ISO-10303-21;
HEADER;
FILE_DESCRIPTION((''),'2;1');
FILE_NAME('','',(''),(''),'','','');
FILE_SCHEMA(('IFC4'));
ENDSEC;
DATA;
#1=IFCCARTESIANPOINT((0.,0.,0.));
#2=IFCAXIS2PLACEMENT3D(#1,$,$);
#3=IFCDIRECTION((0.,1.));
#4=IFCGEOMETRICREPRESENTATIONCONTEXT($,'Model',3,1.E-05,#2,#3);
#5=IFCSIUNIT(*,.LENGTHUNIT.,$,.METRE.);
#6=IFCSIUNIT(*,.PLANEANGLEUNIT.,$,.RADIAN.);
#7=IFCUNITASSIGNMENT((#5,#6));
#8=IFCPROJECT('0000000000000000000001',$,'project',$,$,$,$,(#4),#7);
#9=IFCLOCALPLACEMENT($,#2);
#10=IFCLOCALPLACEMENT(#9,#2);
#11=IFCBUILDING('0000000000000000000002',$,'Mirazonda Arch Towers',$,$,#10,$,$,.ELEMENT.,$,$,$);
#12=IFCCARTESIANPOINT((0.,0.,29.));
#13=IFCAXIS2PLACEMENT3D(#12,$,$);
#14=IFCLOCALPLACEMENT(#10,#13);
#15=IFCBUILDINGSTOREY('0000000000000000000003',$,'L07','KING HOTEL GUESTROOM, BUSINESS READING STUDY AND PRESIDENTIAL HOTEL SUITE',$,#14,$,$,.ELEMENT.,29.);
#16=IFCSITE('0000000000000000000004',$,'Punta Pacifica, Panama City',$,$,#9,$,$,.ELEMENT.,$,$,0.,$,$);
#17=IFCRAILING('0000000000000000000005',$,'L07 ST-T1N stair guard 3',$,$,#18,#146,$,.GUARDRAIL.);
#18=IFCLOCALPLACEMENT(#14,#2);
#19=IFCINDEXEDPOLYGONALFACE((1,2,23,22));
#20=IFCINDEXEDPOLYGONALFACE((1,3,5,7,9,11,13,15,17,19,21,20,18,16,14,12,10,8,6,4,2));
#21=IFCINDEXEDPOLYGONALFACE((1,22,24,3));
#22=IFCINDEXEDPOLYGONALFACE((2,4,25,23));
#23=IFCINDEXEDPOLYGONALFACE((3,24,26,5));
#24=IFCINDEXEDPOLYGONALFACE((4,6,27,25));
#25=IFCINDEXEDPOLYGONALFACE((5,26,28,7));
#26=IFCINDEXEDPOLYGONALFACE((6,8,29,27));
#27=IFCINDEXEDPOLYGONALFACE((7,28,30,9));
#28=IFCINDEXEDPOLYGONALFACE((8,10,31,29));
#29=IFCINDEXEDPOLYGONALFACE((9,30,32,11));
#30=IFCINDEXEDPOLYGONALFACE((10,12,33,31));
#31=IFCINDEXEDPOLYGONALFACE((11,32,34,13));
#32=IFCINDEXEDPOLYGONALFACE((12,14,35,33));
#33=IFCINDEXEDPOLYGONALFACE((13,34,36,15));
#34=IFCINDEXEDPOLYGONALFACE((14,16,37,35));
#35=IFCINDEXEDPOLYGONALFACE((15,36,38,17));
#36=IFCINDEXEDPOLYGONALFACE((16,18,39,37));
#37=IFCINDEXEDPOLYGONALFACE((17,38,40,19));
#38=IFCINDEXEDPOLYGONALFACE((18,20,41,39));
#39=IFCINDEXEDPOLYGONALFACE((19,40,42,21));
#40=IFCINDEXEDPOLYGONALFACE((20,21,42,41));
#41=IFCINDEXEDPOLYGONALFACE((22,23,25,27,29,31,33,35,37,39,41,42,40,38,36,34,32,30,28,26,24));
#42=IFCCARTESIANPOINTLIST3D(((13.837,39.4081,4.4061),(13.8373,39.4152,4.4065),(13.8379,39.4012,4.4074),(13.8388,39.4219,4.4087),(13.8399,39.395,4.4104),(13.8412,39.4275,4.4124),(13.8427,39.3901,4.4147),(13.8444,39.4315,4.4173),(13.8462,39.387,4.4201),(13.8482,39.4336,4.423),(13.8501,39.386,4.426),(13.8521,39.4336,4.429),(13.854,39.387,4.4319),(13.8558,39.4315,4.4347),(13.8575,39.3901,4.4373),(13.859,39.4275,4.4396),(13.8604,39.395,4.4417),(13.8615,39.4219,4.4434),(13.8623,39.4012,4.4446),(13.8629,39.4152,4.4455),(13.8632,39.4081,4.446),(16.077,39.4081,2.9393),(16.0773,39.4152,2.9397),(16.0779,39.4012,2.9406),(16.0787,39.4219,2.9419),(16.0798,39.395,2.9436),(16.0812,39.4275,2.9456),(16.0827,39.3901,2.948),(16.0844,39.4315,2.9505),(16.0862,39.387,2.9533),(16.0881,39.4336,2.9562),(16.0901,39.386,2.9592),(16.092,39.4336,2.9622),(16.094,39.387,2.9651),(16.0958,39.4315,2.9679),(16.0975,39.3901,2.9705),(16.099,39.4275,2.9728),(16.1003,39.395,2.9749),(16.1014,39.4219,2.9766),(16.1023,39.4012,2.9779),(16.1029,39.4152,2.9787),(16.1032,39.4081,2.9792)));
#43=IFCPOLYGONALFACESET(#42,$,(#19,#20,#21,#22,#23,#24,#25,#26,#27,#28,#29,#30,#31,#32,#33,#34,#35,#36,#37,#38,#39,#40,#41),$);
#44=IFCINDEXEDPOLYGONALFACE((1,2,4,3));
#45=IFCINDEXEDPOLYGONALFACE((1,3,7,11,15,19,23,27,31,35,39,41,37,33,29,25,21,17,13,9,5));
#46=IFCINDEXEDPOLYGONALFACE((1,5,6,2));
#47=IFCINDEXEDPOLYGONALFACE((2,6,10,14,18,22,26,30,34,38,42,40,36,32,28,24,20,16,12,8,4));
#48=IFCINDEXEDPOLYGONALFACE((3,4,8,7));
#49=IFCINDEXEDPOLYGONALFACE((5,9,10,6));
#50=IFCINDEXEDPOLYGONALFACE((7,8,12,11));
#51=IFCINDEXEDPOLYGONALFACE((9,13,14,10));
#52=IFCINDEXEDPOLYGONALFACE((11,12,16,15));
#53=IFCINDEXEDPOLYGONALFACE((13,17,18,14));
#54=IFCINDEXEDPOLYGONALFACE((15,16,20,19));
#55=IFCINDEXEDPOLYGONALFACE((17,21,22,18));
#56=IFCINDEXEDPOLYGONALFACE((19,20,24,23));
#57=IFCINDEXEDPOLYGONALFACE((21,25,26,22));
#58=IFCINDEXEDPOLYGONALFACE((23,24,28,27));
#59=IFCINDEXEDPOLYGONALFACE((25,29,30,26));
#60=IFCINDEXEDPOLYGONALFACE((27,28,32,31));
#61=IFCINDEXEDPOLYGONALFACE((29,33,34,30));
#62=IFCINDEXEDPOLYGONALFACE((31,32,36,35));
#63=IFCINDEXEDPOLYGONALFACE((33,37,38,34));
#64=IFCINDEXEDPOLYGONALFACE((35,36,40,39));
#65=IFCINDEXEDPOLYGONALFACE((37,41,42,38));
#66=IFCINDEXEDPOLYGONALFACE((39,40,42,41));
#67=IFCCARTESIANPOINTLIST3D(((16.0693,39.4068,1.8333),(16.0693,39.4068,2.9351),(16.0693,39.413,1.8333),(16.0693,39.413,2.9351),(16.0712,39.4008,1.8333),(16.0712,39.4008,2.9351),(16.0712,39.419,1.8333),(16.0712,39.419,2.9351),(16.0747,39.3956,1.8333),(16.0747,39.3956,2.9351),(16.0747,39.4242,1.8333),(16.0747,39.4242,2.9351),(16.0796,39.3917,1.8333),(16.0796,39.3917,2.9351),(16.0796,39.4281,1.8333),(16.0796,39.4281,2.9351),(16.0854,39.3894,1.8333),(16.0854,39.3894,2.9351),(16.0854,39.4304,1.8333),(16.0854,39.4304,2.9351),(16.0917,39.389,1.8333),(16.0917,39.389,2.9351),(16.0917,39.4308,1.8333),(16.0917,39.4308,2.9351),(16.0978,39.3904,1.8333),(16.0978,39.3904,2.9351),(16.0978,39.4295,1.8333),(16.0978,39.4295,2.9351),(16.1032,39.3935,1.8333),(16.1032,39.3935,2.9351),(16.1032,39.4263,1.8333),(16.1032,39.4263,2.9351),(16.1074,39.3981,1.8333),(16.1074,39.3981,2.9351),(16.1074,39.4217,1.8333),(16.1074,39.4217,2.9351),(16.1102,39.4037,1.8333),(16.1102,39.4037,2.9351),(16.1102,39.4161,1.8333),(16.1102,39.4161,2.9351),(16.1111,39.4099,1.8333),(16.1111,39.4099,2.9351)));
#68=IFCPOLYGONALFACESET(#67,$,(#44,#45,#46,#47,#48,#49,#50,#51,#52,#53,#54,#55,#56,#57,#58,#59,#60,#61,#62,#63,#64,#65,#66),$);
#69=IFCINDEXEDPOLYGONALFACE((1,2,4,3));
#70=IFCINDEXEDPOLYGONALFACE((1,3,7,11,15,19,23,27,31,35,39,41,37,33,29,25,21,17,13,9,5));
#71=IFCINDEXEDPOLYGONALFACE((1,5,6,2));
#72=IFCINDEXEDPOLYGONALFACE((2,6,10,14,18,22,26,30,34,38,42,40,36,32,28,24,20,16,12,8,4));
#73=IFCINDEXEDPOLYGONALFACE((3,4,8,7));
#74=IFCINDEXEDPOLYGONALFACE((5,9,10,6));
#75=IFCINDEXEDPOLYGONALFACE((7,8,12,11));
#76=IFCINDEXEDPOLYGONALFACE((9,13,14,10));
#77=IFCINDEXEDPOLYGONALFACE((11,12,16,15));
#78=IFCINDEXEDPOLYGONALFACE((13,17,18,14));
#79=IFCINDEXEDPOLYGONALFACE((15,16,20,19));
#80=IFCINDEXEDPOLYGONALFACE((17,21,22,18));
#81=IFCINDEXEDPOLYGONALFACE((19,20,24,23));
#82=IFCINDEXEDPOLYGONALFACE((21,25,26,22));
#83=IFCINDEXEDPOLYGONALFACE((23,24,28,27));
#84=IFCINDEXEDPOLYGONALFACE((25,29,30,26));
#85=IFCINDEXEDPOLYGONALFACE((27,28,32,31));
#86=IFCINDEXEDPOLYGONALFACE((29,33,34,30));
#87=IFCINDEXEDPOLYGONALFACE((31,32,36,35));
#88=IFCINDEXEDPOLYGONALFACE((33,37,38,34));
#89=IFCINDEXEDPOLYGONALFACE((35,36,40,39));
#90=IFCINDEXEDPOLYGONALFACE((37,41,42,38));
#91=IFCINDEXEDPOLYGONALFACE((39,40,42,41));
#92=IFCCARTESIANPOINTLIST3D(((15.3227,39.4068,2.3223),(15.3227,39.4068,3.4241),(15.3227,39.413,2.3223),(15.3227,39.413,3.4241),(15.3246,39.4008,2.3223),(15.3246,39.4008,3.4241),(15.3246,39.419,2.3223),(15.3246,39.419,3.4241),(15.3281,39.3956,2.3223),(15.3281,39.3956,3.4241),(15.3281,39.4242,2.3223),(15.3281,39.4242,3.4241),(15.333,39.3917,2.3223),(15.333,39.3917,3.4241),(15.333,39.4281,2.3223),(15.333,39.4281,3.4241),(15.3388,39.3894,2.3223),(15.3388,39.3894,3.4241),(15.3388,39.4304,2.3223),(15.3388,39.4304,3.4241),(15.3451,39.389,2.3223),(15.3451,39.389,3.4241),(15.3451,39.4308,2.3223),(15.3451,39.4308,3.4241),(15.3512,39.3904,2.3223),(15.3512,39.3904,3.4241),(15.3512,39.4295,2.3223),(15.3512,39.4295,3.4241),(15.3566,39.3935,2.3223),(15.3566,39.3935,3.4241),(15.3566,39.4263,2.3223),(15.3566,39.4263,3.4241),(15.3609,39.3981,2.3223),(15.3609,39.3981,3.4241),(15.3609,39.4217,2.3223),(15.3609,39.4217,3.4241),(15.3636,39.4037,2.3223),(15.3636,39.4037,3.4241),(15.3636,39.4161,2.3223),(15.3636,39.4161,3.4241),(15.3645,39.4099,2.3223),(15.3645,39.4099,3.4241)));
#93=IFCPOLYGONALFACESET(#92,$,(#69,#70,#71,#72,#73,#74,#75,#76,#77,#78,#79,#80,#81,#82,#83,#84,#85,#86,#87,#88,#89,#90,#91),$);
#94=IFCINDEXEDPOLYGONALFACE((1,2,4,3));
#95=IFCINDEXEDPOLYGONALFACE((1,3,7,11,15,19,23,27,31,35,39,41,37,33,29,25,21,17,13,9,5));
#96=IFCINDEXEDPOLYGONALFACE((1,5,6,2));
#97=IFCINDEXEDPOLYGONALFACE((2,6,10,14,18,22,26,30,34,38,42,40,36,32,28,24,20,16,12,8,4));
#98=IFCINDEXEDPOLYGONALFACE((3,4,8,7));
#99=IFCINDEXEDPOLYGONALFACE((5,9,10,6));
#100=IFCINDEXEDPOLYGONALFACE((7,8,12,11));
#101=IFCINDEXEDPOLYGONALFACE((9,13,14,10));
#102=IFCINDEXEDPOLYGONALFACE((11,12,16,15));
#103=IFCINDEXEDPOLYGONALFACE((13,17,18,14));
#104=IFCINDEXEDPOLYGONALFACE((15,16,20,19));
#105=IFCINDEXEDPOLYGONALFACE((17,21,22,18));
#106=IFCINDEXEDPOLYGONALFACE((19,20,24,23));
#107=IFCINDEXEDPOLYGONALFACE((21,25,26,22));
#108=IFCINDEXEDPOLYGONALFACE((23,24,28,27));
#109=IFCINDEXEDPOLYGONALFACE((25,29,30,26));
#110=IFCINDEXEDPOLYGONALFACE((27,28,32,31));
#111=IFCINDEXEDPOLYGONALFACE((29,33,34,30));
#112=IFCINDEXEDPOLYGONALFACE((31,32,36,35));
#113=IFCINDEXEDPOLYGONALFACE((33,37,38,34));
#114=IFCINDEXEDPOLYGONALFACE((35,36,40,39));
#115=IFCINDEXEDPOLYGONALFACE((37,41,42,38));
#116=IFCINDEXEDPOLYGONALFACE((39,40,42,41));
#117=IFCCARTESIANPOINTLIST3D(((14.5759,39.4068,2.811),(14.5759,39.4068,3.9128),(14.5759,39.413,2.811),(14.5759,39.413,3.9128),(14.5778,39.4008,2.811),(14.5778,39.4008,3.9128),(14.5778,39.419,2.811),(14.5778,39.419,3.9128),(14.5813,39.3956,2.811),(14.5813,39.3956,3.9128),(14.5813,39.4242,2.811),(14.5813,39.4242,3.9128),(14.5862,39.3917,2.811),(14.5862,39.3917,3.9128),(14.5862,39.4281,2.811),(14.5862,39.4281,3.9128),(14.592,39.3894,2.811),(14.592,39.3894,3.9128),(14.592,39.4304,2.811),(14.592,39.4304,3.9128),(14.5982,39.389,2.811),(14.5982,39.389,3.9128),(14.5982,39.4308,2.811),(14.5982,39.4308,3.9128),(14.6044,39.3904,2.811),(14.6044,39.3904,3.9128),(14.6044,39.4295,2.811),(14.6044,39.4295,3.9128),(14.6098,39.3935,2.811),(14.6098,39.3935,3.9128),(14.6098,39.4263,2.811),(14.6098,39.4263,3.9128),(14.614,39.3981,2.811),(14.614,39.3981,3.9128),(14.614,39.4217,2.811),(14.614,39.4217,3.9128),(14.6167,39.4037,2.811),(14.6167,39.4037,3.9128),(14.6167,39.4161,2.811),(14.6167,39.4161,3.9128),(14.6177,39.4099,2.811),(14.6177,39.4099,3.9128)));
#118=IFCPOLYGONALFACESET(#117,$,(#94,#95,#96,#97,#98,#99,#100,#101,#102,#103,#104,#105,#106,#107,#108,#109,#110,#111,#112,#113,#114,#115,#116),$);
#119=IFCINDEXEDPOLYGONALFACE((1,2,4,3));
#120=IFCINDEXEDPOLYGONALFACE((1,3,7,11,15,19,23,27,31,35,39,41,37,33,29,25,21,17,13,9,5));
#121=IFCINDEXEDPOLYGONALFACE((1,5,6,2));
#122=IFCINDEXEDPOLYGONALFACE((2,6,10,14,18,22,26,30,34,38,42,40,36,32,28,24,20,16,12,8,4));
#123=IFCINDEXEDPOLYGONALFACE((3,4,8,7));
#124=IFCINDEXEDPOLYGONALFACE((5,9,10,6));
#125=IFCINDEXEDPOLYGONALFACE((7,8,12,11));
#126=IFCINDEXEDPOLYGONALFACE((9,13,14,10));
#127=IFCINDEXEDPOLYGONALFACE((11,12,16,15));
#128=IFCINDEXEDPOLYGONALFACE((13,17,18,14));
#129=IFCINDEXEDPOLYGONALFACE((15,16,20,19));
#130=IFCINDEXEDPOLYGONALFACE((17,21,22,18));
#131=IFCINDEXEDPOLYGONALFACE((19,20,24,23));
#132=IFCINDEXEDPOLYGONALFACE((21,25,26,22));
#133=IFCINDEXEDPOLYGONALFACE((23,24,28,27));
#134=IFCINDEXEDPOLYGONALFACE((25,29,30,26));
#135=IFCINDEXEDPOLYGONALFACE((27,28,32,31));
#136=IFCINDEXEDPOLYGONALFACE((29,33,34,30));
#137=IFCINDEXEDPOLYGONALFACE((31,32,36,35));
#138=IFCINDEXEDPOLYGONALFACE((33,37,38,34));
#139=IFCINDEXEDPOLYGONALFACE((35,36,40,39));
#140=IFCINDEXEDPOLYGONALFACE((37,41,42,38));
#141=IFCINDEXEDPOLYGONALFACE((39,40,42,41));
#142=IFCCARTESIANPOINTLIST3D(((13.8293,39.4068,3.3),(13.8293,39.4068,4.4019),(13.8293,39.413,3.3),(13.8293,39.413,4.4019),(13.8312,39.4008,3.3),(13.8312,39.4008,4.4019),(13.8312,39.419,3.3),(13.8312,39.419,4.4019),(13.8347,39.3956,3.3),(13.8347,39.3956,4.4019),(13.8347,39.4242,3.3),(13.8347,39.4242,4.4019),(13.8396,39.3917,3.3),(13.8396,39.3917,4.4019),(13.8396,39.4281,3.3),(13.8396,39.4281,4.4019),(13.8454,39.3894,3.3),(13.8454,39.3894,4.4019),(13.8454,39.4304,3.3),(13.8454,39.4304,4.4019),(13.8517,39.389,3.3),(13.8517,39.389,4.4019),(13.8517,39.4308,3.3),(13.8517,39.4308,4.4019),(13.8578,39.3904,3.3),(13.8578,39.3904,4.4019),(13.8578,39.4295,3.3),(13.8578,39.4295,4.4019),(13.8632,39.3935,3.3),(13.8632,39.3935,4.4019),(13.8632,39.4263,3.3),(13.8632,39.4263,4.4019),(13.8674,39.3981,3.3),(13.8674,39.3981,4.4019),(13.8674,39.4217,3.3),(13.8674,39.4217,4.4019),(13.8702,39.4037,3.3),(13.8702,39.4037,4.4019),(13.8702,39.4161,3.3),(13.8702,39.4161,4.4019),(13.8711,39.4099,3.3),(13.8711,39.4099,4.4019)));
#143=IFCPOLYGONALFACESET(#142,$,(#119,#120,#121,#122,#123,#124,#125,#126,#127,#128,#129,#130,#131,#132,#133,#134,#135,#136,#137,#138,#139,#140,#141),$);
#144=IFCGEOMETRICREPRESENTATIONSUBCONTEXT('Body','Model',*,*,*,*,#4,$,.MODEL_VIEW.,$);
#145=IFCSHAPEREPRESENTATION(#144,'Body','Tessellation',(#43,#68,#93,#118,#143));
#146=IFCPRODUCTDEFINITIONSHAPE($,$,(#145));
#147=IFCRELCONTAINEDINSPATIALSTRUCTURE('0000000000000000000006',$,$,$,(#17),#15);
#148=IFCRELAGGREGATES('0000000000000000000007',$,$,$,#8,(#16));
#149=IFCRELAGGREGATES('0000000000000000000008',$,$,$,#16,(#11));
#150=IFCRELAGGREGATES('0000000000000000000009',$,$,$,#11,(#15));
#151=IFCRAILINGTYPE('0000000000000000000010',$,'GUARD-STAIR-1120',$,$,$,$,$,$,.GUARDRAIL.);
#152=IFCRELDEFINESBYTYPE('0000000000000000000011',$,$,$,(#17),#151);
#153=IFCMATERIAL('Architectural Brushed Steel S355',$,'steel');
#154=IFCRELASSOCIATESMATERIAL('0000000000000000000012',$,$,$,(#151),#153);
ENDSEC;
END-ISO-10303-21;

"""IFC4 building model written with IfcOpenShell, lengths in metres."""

from ifc_helpers import new_model, si_unit, direction, frame, origin, origin_2d, place, context, subcontext, project, spatial, circle, extrude, material, type_object, element, save


model = new_model("IFC4")

# Units and contexts
model_context = context("Model", 3, precision=1e-05, world=origin(), true_north=direction((0.0, 1.0)))
body_context = subcontext(model_context, "Body", "Model", "MODEL_VIEW")
ifc_project = project(units=[si_unit("LENGTHUNIT", "METRE"), si_unit("PLANEANGLEUNIT", "RADIAN")], contexts=[model_context])

# Site, building, storey
site_placement = place(None, origin())
site = spatial("IfcSite", under=ifc_project, at=site_placement, Name="Punta Pacifica, Panama City", CompositionType="ELEMENT", RefElevation=0.0)
building_placement = place(site_placement, origin())
building = spatial("IfcBuilding", under=site, at=building_placement, Name="Mirazonda Arch Towers", CompositionType="ELEMENT")
storey_placement = place(building_placement, frame((0.0, 0.0, 29.0)))
storey = spatial("IfcBuildingStorey", under=building, at=storey_placement, Name="L07", Description="KING HOTEL GUESTROOM, BUSINESS READING STUDY AND PRESIDENTIAL HOTEL SUITE", CompositionType="ELEMENT", Elevation=29.0)

# Shared definitions
ifc_material_1 = material(Name="Architectural Brushed Steel S355", Category="steel")

# Railing
railing_type_1 = type_object("IfcRailingType", Name="GUARD-STAIR-1120", PredefinedType="GUARDRAIL", material=ifc_material_1)
railing_1_placement = place(storey_placement, frame((16.0901, 39.4099, 1.8333)))
element("IfcRailing", 1, at=railing_1_placement, inside=storey, type_object=railing_type_1, Name="L07 ST-T1N stair guard 3", PredefinedType="GUARDRAIL", context=body_context, shape_type="SweptSolid", body=[
    extrude(circle(Radius=0.0239, at=origin_2d()), frame((0.0, 0.0, 1.126), z_axis=(-0.836595, 0.0, 0.547822), x_axis=(0.0, -1.0, 0.0)), (0.0, 0.0, 1.0), 2.6775),
    extrude(circle(Radius=0.021, at=origin_2d()), origin(), (0.0, 0.0, 1.0), 1.1018),
    extrude(circle(Radius=0.021, at=origin_2d()), frame((-0.7466, 0.0, 0.489)), (0.0, 0.0, 1.0), 1.1018),
    extrude(circle(Radius=0.021, at=origin_2d()), frame((-1.4934, 0.0, 0.9778)), (0.0, 0.0, 1.0), 1.1018),
    extrude(circle(Radius=0.021, at=origin_2d()), frame((-2.24, 0.0, 1.4668)), (0.0, 0.0, 1.0), 1.1018),
])

save(model, "model.ifc")
